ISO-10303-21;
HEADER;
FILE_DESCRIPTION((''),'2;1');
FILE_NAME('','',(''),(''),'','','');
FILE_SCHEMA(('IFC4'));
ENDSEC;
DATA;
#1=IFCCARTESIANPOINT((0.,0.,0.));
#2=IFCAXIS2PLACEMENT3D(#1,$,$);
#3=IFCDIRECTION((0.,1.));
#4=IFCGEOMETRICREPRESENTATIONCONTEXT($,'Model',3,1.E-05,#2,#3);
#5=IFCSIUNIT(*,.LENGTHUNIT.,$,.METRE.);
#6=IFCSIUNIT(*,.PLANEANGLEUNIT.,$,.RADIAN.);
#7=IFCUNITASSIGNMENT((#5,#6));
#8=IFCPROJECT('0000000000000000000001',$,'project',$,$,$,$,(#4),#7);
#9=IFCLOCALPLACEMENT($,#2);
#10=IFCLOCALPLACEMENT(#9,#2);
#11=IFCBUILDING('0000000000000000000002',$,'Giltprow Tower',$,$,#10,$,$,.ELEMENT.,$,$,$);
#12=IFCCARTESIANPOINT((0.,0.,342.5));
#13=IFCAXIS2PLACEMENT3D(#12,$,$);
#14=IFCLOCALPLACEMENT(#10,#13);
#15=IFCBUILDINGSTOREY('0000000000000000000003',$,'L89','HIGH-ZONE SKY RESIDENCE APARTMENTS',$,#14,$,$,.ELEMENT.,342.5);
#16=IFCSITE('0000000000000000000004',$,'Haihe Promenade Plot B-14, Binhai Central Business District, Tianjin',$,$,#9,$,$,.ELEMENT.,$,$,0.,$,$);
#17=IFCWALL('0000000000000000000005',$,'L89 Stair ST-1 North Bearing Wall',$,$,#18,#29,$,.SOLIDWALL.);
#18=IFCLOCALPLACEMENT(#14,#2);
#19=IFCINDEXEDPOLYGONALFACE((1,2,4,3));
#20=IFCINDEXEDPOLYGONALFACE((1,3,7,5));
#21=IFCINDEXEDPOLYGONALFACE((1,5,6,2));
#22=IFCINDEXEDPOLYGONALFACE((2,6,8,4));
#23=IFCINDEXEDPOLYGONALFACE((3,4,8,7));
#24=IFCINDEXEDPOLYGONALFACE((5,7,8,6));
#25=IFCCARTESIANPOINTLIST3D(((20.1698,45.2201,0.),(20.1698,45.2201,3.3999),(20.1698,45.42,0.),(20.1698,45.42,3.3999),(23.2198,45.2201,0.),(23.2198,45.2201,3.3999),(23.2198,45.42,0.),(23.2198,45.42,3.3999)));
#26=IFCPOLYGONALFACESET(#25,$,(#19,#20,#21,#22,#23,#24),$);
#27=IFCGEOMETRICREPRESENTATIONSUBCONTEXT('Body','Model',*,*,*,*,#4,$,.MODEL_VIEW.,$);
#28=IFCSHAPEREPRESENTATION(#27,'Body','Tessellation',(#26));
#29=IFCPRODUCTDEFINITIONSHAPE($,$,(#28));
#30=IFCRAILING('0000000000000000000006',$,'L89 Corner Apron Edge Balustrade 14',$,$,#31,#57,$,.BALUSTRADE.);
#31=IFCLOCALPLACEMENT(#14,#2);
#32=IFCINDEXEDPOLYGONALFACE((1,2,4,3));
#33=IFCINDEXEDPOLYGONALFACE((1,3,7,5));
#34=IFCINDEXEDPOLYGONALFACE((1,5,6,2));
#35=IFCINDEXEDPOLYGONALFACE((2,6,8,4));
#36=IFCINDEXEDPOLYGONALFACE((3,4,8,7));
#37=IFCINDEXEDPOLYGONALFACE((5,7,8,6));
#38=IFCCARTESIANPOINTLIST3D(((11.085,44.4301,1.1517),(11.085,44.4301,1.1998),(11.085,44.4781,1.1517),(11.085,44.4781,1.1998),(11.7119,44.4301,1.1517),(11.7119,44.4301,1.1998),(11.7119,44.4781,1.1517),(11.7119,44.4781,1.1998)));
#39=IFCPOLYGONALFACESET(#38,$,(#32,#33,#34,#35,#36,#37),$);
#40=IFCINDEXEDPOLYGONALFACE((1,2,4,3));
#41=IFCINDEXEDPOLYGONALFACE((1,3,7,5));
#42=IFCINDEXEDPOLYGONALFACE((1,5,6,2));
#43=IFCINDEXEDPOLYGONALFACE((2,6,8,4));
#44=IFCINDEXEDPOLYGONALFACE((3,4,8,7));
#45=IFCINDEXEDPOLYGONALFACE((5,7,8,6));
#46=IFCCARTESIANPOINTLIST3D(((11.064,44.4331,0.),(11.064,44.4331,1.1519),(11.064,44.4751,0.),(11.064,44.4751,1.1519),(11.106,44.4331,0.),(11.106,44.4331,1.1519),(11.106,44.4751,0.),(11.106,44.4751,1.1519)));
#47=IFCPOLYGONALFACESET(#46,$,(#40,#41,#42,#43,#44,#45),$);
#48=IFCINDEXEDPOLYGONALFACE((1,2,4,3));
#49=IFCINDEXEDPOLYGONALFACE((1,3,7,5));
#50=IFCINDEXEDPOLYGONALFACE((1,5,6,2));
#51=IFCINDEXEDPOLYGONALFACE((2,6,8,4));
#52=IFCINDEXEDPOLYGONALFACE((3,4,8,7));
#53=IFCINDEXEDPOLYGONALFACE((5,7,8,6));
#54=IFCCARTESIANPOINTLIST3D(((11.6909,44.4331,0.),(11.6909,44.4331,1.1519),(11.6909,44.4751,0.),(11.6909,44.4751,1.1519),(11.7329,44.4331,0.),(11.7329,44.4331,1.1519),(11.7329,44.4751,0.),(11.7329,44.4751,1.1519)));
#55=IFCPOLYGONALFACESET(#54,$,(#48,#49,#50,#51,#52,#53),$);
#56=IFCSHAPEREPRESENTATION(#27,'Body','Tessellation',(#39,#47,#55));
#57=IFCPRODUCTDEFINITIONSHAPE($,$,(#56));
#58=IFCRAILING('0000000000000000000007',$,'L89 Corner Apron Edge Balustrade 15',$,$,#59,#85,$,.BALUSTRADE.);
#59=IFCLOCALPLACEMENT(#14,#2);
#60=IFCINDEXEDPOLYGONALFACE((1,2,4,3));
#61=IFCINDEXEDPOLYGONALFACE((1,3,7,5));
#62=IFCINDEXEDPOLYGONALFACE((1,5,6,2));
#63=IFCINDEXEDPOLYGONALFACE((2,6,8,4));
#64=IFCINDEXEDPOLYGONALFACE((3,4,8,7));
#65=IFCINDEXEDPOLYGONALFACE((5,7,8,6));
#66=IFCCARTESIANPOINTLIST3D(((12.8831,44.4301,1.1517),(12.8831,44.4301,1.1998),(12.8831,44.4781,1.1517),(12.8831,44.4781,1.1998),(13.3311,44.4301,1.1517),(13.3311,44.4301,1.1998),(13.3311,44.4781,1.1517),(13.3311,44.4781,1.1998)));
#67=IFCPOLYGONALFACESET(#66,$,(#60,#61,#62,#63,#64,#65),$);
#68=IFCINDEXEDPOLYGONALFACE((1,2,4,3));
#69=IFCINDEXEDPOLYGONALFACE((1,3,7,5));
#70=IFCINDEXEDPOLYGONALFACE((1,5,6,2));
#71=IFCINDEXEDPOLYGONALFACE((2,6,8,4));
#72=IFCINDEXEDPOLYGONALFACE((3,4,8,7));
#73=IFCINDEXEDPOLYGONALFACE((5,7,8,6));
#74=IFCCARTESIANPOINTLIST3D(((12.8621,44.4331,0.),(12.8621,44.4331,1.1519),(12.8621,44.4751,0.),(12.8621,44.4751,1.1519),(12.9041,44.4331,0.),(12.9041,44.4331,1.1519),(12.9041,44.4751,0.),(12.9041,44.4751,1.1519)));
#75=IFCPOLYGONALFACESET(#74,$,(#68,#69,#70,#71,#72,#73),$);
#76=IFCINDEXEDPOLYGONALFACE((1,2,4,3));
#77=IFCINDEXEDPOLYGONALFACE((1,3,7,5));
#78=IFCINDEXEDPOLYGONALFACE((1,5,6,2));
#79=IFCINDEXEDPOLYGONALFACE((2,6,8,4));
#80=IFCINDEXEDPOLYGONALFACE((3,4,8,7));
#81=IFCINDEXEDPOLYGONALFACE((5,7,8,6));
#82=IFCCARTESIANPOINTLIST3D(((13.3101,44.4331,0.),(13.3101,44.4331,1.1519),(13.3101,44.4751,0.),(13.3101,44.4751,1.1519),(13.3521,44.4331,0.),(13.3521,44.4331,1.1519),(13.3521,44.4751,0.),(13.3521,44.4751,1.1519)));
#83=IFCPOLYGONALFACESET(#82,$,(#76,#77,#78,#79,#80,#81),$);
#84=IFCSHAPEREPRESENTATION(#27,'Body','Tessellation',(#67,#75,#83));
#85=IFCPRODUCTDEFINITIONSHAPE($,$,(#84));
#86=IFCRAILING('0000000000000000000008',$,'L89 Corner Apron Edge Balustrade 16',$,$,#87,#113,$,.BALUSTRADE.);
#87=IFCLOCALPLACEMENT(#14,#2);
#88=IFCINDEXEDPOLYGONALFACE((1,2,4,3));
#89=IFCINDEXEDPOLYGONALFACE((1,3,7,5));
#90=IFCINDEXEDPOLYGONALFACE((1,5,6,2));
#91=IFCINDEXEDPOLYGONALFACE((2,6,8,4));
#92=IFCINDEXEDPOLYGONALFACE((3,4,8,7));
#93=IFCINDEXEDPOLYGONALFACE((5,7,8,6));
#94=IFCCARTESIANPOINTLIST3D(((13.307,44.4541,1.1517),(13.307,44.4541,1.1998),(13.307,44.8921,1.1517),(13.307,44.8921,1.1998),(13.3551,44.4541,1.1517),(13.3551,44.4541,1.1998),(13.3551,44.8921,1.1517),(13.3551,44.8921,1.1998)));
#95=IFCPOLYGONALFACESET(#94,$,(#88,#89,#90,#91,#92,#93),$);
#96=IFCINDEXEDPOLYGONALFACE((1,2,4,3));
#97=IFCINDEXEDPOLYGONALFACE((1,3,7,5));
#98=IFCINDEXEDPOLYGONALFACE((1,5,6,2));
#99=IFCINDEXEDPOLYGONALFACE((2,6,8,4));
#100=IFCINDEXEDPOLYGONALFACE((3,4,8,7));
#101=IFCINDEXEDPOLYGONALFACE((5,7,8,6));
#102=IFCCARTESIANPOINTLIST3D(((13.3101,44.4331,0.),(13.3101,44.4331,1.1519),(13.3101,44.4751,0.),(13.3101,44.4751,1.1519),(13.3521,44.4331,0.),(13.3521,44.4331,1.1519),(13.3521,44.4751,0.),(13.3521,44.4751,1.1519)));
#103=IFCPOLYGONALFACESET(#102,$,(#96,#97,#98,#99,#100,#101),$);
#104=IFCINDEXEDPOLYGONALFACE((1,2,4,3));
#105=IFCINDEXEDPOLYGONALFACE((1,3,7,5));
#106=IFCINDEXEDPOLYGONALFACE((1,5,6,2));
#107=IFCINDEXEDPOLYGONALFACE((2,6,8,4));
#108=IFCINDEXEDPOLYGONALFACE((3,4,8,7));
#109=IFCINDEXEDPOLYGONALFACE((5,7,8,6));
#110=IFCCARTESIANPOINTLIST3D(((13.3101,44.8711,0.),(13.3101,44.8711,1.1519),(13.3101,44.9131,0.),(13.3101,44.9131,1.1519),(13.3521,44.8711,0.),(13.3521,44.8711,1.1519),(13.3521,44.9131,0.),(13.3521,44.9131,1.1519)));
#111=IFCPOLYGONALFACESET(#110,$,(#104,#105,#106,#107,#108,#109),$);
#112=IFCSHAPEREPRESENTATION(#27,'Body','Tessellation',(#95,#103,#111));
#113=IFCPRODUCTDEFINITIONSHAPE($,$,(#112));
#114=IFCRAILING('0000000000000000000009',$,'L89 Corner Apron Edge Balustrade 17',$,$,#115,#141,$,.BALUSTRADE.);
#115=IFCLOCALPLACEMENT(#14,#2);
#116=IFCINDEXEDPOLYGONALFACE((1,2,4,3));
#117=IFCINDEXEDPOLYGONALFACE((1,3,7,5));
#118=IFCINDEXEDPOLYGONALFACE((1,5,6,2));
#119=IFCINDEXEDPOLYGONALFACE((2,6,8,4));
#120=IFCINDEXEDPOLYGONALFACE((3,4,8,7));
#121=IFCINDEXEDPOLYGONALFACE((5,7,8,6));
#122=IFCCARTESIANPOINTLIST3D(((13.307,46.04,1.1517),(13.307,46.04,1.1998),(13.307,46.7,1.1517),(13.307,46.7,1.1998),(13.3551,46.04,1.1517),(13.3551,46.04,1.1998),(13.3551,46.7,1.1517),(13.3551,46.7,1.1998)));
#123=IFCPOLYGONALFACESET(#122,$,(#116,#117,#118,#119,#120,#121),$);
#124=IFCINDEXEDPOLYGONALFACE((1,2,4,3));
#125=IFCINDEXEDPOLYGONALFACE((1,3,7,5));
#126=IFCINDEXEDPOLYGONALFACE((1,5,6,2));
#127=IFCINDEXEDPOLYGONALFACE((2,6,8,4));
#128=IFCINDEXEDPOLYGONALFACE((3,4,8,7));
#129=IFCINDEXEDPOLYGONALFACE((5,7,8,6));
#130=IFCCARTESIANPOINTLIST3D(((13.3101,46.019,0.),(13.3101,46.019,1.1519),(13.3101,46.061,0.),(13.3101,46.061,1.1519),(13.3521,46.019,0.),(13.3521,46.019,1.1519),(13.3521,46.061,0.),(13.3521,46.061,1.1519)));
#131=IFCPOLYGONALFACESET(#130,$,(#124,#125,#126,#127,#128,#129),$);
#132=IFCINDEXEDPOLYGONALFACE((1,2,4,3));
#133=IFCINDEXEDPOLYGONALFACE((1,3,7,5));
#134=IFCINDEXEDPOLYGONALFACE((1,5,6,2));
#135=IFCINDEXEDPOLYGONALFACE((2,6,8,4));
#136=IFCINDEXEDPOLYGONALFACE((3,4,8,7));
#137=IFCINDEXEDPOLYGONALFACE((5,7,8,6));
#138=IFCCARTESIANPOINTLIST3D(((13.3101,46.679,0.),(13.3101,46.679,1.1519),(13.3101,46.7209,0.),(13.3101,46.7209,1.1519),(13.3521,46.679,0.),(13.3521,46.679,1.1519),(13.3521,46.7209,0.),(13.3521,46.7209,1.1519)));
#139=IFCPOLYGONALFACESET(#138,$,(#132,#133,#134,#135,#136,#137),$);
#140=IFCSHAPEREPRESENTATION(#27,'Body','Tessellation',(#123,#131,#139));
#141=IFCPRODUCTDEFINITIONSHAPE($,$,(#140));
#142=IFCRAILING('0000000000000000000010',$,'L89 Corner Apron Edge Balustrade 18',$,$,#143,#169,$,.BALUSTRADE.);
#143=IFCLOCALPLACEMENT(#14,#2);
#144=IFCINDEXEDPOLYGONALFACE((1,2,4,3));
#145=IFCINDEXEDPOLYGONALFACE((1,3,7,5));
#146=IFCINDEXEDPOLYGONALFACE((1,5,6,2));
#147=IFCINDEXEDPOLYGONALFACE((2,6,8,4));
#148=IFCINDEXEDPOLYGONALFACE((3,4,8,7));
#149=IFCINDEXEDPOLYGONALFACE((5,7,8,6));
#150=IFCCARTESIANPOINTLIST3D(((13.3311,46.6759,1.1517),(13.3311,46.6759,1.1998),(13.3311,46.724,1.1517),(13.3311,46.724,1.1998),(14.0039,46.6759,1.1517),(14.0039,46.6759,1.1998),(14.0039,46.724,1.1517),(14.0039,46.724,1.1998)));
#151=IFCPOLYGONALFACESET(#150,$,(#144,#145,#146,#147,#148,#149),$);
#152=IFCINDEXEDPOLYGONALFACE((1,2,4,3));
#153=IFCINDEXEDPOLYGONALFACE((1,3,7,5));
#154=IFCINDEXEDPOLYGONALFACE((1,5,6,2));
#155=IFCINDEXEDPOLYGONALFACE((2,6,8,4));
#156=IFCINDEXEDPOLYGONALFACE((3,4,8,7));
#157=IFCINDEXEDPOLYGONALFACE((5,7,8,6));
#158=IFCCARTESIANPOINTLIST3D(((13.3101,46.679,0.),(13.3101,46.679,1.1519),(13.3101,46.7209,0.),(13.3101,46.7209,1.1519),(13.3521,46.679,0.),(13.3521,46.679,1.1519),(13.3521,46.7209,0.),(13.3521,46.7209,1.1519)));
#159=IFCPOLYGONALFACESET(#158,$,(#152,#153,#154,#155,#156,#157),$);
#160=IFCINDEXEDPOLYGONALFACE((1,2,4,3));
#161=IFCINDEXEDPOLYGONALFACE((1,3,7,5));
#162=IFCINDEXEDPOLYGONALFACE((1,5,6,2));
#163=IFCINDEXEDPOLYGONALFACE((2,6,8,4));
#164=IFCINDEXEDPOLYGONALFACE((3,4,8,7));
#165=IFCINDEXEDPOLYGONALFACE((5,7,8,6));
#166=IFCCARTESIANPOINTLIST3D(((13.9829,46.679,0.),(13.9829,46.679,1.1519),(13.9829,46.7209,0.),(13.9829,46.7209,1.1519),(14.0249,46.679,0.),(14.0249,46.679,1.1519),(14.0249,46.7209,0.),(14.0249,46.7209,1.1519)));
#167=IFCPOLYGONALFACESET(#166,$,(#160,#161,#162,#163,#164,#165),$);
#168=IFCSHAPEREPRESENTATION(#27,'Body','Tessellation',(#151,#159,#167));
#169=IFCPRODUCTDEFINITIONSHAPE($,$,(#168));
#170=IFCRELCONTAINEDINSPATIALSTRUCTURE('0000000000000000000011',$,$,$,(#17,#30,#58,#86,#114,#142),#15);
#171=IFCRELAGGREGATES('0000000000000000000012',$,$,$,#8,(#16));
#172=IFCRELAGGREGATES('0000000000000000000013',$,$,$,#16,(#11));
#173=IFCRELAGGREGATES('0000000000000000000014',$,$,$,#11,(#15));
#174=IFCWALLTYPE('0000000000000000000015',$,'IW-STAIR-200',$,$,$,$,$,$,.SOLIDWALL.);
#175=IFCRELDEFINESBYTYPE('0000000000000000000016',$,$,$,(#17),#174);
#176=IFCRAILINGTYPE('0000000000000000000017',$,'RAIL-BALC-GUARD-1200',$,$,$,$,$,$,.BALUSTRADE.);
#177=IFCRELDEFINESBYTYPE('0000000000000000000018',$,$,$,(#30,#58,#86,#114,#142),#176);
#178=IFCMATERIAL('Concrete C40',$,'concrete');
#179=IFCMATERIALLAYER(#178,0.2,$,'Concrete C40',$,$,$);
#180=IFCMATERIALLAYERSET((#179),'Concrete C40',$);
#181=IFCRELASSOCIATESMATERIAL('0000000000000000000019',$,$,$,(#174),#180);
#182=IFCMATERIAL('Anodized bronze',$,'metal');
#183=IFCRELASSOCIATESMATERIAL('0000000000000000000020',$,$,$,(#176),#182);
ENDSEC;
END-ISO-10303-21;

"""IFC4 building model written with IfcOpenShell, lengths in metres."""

from ifc_helpers import new_model, si_unit, direction, frame, frame_2d, origin, origin_2d, place, context, subcontext, project, spatial, rectangle, extrude, material, layer, layer_set, type_object, element, save


model = new_model("IFC4")

# Units and contexts
model_context = context("Model", 3, precision=1e-05, world=origin(), true_north=direction((0.0, 1.0)))
body_context = subcontext(model_context, "Body", "Model", "MODEL_VIEW")
ifc_project = project(units=[si_unit("LENGTHUNIT", "METRE"), si_unit("PLANEANGLEUNIT", "RADIAN")], contexts=[model_context])

# Site, building, storey
site_placement = place(None, origin())
site = spatial("IfcSite", under=ifc_project, at=site_placement, Name="Haihe Promenade Plot B-14, Binhai Central Business District, Tianjin", CompositionType="ELEMENT", RefElevation=0.0)
building_placement = place(site_placement, origin())
building = spatial("IfcBuilding", under=site, at=building_placement, Name="Giltprow Tower", CompositionType="ELEMENT")
storey_placement = place(building_placement, frame((0.0, 0.0, 342.5)))
storey = spatial("IfcBuildingStorey", under=building, at=storey_placement, Name="L89", Description="HIGH-ZONE SKY RESIDENCE APARTMENTS", CompositionType="ELEMENT", Elevation=342.5)

# Wall
ifc_material_1 = material(Name="Concrete C40", Category="concrete")
ifc_layer_1 = layer(ifc_material_1, 0.2, Name="Concrete C40")
ifc_layer_set_1 = layer_set([ifc_layer_1], Name="Concrete C40")
wall_type_1 = type_object("IfcWallType", Name="IW-STAIR-200", PredefinedType="SOLIDWALL", material=ifc_layer_set_1)
wall_1_placement = place(storey_placement, frame((20.1699, 45.3201, 0.0), z_axis=(0.0, 0.0, 1.0), x_axis=(1.0, 0.0, 0.0)))
element("IfcWall", 1, at=wall_1_placement, inside=storey, type_object=wall_type_1, Name="L89 Stair ST-1 North Bearing Wall", PredefinedType="SOLIDWALL", context=body_context, shape_type="SweptSolid", body=[
    extrude(rectangle(XDim=3.05, YDim=0.2, at=frame_2d((1.5249, 0.0))), origin(), (0.0, 0.0, 1.0), 3.3999),
])

# Railings
ifc_material_2 = material(Name="Anodized bronze", Category="metal")
railing_type = type_object("IfcRailingType", Name="RAIL-BALC-GUARD-1200", PredefinedType="BALUSTRADE", material=ifc_material_2)
railing_1_placement = place(storey_placement, frame((11.085, 44.4541, 0.0)))
element("IfcRailing", 2, at=railing_1_placement, inside=storey, type_object=railing_type, Name="L89 Corner Apron Edge Balustrade 14", PredefinedType="BALUSTRADE", context=body_context, shape_type="SweptSolid", body=[
    extrude(rectangle(XDim=0.0481, YDim=0.0481, at=origin_2d()), frame((0.0, 0.0, 1.1758), z_axis=(1.0, 0.0, 0.0), x_axis=(0.0, 1.0, 0.0)), (0.0, 0.0, 1.0), 0.627),
    extrude(rectangle(XDim=0.042, YDim=0.042, at=origin_2d()), origin(), (0.0, 0.0, 1.0), 1.1519),
    extrude(rectangle(XDim=0.042, YDim=0.042, at=origin_2d()), frame((0.627, 0.0, 0.0)), (0.0, 0.0, 1.0), 1.1519),
])
railing_2_placement = place(storey_placement, frame((12.8831, 44.4541, 0.0)))
element("IfcRailing", 3, at=railing_2_placement, inside=storey, type_object=railing_type, Name="L89 Corner Apron Edge Balustrade 15", PredefinedType="BALUSTRADE", context=body_context, shape_type="SweptSolid", body=[
    extrude(rectangle(XDim=0.0481, YDim=0.0481, at=origin_2d()), frame((0.0, 0.0, 1.1758), z_axis=(1.0, 0.0, 0.0), x_axis=(0.0, 1.0, 0.0)), (0.0, 0.0, 1.0), 0.448),
    extrude(rectangle(XDim=0.042, YDim=0.042, at=origin_2d()), origin(), (0.0, 0.0, 1.0), 1.1519),
    extrude(rectangle(XDim=0.042, YDim=0.042, at=origin_2d()), frame((0.448, 0.0, 0.0)), (0.0, 0.0, 1.0), 1.1519),
])
railing_3_placement = place(storey_placement, frame((13.3311, 44.4541, 0.0)))
element("IfcRailing", 4, at=railing_3_placement, inside=storey, type_object=railing_type, Name="L89 Corner Apron Edge Balustrade 16", PredefinedType="BALUSTRADE", context=body_context, shape_type="SweptSolid", body=[
    extrude(rectangle(XDim=0.0481, YDim=0.0481, at=origin_2d()), frame((0.0, 0.0, 1.1758), z_axis=(0.0, 1.0, 0.0), x_axis=(-1.0, 0.0, 0.0)), (0.0, 0.0, 1.0), 0.438),
    extrude(rectangle(XDim=0.042, YDim=0.042, at=origin_2d()), origin(), (0.0, 0.0, 1.0), 1.1519),
    extrude(rectangle(XDim=0.042, YDim=0.042, at=origin_2d()), frame((0.0, 0.438, 0.0)), (0.0, 0.0, 1.0), 1.1519),
])
railing_4_placement = place(storey_placement, frame((13.3311, 46.04, 0.0)))
element("IfcRailing", 5, at=railing_4_placement, inside=storey, type_object=railing_type, Name="L89 Corner Apron Edge Balustrade 17", PredefinedType="BALUSTRADE", context=body_context, shape_type="SweptSolid", body=[
    extrude(rectangle(XDim=0.0481, YDim=0.0481, at=origin_2d()), frame((0.0, 0.0, 1.1758), z_axis=(0.0, 1.0, 0.0), x_axis=(-1.0, 0.0, 0.0)), (0.0, 0.0, 1.0), 0.6599),
    extrude(rectangle(XDim=0.042, YDim=0.042, at=origin_2d()), origin(), (0.0, 0.0, 1.0), 1.1519),
    extrude(rectangle(XDim=0.042, YDim=0.042, at=origin_2d()), frame((0.0, 0.6599, 0.0)), (0.0, 0.0, 1.0), 1.1519),
])
railing_5_placement = place(storey_placement, frame((13.3311, 46.7, 0.0)))
element("IfcRailing", 6, at=railing_5_placement, inside=storey, type_object=railing_type, Name="L89 Corner Apron Edge Balustrade 18", PredefinedType="BALUSTRADE", context=body_context, shape_type="SweptSolid", body=[
    extrude(rectangle(XDim=0.0481, YDim=0.0481, at=origin_2d()), frame((0.0, 0.0, 1.1758), z_axis=(1.0, 0.0, 0.0), x_axis=(0.0, 1.0, 0.0)), (0.0, 0.0, 1.0), 0.6729),
    extrude(rectangle(XDim=0.042, YDim=0.042, at=origin_2d()), origin(), (0.0, 0.0, 1.0), 1.1519),
    extrude(rectangle(XDim=0.042, YDim=0.042, at=origin_2d()), frame((0.6729, 0.0, 0.0)), (0.0, 0.0, 1.0), 1.1519),
])

save(model, "model.ifc")
